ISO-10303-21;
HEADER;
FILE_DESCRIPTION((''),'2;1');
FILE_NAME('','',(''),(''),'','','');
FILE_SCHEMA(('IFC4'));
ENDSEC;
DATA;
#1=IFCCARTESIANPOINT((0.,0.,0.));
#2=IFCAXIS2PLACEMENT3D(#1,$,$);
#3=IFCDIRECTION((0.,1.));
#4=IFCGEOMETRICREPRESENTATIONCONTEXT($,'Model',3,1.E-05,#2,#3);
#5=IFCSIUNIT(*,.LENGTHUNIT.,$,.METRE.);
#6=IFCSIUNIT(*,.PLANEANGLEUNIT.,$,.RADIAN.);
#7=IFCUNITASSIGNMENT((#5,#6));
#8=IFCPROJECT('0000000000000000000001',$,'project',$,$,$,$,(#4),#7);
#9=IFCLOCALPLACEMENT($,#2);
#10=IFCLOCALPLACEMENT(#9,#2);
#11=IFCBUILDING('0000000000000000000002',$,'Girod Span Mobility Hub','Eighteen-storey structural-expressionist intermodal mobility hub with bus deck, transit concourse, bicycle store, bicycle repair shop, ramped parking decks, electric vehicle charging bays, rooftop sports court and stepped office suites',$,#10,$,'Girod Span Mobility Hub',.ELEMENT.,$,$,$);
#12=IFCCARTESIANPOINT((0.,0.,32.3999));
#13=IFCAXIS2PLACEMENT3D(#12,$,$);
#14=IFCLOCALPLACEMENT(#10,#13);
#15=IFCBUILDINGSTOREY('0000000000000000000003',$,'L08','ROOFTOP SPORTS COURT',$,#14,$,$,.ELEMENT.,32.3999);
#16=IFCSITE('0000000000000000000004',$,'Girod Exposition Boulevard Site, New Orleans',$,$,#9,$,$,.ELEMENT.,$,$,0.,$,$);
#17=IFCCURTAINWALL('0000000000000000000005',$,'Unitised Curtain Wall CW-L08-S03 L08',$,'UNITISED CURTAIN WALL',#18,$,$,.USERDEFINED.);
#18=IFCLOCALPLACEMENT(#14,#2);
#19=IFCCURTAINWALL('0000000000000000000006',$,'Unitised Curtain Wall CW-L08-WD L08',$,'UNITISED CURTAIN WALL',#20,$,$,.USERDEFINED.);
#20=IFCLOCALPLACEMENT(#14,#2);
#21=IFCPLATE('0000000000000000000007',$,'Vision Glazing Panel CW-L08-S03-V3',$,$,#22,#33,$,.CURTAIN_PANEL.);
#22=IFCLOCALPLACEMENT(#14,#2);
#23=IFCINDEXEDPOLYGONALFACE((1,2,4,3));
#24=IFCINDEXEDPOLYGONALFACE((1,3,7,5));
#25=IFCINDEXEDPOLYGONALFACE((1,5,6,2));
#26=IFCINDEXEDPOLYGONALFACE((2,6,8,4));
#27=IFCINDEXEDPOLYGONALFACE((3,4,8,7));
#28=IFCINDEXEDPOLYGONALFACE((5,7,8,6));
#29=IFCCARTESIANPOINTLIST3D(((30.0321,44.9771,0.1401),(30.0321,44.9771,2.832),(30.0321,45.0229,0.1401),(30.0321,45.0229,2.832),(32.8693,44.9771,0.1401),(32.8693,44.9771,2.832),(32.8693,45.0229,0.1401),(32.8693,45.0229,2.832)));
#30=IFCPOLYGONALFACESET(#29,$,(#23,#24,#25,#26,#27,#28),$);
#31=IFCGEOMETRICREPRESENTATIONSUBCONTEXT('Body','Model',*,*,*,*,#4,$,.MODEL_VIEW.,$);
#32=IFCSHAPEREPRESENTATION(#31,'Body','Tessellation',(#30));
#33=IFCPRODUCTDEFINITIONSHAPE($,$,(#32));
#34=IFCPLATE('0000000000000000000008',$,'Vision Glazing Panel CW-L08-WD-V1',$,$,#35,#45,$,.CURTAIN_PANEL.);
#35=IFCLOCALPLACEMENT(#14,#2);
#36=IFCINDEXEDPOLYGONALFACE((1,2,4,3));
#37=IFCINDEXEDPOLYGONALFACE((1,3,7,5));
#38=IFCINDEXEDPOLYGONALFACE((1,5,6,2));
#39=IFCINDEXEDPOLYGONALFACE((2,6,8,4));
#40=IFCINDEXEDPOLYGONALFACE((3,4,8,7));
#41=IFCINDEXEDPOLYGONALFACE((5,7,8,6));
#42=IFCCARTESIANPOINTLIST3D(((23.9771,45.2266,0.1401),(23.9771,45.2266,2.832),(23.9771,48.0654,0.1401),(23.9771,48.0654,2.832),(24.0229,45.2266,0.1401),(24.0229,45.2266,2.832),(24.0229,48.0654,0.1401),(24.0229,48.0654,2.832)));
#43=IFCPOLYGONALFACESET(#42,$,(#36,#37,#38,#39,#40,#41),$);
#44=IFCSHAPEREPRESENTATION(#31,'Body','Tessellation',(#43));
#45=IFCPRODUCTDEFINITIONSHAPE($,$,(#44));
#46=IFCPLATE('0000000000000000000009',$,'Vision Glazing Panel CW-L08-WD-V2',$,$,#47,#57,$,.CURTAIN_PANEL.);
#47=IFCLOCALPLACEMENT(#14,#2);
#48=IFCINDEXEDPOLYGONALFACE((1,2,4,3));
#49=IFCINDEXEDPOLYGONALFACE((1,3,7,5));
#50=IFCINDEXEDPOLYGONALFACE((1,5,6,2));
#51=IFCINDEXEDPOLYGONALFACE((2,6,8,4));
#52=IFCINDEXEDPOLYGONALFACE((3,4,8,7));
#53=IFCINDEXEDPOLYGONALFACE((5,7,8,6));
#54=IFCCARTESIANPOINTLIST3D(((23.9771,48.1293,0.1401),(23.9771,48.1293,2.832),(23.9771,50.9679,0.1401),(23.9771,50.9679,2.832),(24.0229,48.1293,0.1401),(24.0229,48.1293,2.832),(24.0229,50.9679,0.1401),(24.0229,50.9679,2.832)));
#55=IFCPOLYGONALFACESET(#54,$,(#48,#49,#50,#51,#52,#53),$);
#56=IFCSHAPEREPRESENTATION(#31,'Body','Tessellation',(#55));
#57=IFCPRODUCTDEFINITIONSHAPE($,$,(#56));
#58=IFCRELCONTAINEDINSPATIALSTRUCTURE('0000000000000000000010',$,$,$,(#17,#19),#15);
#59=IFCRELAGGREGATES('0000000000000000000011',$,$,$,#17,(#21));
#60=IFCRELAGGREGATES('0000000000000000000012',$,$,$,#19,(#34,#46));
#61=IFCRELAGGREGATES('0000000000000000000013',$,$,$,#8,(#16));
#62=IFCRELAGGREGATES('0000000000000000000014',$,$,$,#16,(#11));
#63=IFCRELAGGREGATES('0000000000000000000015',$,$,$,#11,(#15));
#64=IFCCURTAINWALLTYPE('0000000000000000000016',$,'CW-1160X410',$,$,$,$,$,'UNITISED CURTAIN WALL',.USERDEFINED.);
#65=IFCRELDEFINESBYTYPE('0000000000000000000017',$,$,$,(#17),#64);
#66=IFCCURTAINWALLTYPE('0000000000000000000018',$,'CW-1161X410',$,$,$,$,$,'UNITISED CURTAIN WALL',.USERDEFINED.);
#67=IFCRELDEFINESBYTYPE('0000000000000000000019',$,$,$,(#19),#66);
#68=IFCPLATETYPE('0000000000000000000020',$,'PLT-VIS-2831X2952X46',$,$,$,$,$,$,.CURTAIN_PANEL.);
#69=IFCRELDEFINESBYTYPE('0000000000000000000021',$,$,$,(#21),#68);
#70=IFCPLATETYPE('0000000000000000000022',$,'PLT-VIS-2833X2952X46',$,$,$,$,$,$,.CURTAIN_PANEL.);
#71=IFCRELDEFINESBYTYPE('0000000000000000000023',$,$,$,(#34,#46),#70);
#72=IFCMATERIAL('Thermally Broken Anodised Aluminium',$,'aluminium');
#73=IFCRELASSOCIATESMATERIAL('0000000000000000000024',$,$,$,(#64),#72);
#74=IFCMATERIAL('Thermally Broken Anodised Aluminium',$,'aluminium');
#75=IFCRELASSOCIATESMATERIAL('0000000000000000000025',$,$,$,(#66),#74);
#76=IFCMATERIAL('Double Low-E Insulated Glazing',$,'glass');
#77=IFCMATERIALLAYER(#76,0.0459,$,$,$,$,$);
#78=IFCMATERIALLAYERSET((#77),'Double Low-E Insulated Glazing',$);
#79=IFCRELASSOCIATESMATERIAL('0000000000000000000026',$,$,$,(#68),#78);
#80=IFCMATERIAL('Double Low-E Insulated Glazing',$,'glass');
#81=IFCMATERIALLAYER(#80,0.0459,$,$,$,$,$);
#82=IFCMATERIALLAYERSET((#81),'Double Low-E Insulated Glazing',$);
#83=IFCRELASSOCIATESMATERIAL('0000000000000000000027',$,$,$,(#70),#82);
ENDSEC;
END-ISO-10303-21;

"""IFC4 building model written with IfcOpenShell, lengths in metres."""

from ifc_helpers import new_model, si_unit, direction, frame, origin, origin_2d, place, context, subcontext, project, spatial, rectangle, extrude, material, layer, layer_set, type_object, element, aggregate, save


model = new_model("IFC4")

# Units and contexts
model_context = context("Model", 3, precision=1e-05, world=origin(), true_north=direction((0.0, 1.0)))
body_context = subcontext(model_context, "Body", "Model", "MODEL_VIEW")
ifc_project = project(units=[si_unit("LENGTHUNIT", "METRE"), si_unit("PLANEANGLEUNIT", "RADIAN")], contexts=[model_context])

# Site, building, storey
site_placement = place(None, origin())
site = spatial("IfcSite", under=ifc_project, at=site_placement, Name="Girod Exposition Boulevard Site, New Orleans", CompositionType="ELEMENT", RefElevation=0.0)
building_placement = place(site_placement, origin())
building = spatial("IfcBuilding", under=site, at=building_placement, Name="Girod Span Mobility Hub", Description="Eighteen-storey structural-expressionist intermodal mobility hub with bus deck, transit concourse, bicycle store, bicycle repair shop, ramped parking decks, electric vehicle charging bays, rooftop sports court and stepped office suites", LongName="Girod Span Mobility Hub", CompositionType="ELEMENT")
storey_placement = place(building_placement, frame((0.0, 0.0, 32.3999)))
storey = spatial("IfcBuildingStorey", under=building, at=storey_placement, Name="L08", Description="ROOFTOP SPORTS COURT", CompositionType="ELEMENT", Elevation=32.3999)

# Curtain walls
ifc_material_1 = material(Name="Thermally Broken Anodised Aluminium", Category="aluminium")
curtain_wall_type_1 = type_object("IfcCurtainWallType", Name="CW-1160X410", ElementType="UNITISED CURTAIN WALL", PredefinedType="USERDEFINED", material=ifc_material_1)
curtain_wall_1_placement = place(storey_placement, origin())
curtain_wall_1 = element("IfcCurtainWall", 1, at=curtain_wall_1_placement, inside=storey, type_object=curtain_wall_type_1, Name="Unitised Curtain Wall CW-L08-S03 L08", ObjectType="UNITISED CURTAIN WALL", PredefinedType="USERDEFINED")
ifc_material_2 = material(Name="Thermally Broken Anodised Aluminium", Category="aluminium")
curtain_wall_type_2 = type_object("IfcCurtainWallType", Name="CW-1161X410", ElementType="UNITISED CURTAIN WALL", PredefinedType="USERDEFINED", material=ifc_material_2)
curtain_wall_2_placement = place(storey_placement, origin())
curtain_wall_2 = element("IfcCurtainWall", 2, at=curtain_wall_2_placement, inside=storey, type_object=curtain_wall_type_2, Name="Unitised Curtain Wall CW-L08-WD L08", ObjectType="UNITISED CURTAIN WALL", PredefinedType="USERDEFINED")

# Plates
ifc_material_3 = material(Name="Double Low-E Insulated Glazing", Category="glass")
ifc_layer_1 = layer(ifc_material_3, 0.0459)
ifc_layer_set_1 = layer_set([ifc_layer_1], Name="Double Low-E Insulated Glazing")
plate_type_1 = type_object("IfcPlateType", Name="PLT-VIS-2831X2952X46", PredefinedType="CURTAIN_PANEL", material=ifc_layer_set_1)
plate_1_placement = place(storey_placement, frame((31.4507, 45.0, 0.1401), z_axis=(0.0, 0.0, 1.0), x_axis=(1.0, 0.0, 0.0)))
plate_1 = element("IfcPlate", 3, at=plate_1_placement, type_object=plate_type_1, Name="Vision Glazing Panel CW-L08-S03-V3", PredefinedType="CURTAIN_PANEL", context=body_context, shape_type="SweptSolid", body=[
    extrude(rectangle(XDim=2.8372, YDim=0.0459, at=origin_2d()), origin(), (0.0, 0.0, 1.0), 2.6919),
])
aggregate(curtain_wall_1, [plate_1])
ifc_material_4 = material(Name="Double Low-E Insulated Glazing", Category="glass")
ifc_layer_2 = layer(ifc_material_4, 0.0459)
ifc_layer_set_2 = layer_set([ifc_layer_2], Name="Double Low-E Insulated Glazing")
plate_type_2 = type_object("IfcPlateType", Name="PLT-VIS-2833X2952X46", PredefinedType="CURTAIN_PANEL", material=ifc_layer_set_2)
plate_2_placement = place(storey_placement, frame((24.0, 46.646, 0.1401), z_axis=(0.0, 0.0, 1.0), x_axis=(0.0, 1.0, 0.0)))
plate_2 = element("IfcPlate", 4, at=plate_2_placement, type_object=plate_type_2, Name="Vision Glazing Panel CW-L08-WD-V1", PredefinedType="CURTAIN_PANEL", context=body_context, shape_type="SweptSolid", body=[
    extrude(rectangle(XDim=2.8389, YDim=0.0459, at=origin_2d()), origin(), (0.0, 0.0, 1.0), 2.6919),
])
plate_3_placement = place(storey_placement, frame((24.0, 49.5486, 0.1401), z_axis=(0.0, 0.0, 1.0), x_axis=(0.0, 1.0, 0.0)))
plate_3 = element("IfcPlate", 5, at=plate_3_placement, type_object=plate_type_2, Name="Vision Glazing Panel CW-L08-WD-V2", PredefinedType="CURTAIN_PANEL", context=body_context, shape_type="SweptSolid", body=[
    extrude(rectangle(XDim=2.8386, YDim=0.0459, at=origin_2d()), origin(), (0.0, 0.0, 1.0), 2.6919),
])
aggregate(curtain_wall_2, [plate_2, plate_3])

save(model, "model.ifc")
